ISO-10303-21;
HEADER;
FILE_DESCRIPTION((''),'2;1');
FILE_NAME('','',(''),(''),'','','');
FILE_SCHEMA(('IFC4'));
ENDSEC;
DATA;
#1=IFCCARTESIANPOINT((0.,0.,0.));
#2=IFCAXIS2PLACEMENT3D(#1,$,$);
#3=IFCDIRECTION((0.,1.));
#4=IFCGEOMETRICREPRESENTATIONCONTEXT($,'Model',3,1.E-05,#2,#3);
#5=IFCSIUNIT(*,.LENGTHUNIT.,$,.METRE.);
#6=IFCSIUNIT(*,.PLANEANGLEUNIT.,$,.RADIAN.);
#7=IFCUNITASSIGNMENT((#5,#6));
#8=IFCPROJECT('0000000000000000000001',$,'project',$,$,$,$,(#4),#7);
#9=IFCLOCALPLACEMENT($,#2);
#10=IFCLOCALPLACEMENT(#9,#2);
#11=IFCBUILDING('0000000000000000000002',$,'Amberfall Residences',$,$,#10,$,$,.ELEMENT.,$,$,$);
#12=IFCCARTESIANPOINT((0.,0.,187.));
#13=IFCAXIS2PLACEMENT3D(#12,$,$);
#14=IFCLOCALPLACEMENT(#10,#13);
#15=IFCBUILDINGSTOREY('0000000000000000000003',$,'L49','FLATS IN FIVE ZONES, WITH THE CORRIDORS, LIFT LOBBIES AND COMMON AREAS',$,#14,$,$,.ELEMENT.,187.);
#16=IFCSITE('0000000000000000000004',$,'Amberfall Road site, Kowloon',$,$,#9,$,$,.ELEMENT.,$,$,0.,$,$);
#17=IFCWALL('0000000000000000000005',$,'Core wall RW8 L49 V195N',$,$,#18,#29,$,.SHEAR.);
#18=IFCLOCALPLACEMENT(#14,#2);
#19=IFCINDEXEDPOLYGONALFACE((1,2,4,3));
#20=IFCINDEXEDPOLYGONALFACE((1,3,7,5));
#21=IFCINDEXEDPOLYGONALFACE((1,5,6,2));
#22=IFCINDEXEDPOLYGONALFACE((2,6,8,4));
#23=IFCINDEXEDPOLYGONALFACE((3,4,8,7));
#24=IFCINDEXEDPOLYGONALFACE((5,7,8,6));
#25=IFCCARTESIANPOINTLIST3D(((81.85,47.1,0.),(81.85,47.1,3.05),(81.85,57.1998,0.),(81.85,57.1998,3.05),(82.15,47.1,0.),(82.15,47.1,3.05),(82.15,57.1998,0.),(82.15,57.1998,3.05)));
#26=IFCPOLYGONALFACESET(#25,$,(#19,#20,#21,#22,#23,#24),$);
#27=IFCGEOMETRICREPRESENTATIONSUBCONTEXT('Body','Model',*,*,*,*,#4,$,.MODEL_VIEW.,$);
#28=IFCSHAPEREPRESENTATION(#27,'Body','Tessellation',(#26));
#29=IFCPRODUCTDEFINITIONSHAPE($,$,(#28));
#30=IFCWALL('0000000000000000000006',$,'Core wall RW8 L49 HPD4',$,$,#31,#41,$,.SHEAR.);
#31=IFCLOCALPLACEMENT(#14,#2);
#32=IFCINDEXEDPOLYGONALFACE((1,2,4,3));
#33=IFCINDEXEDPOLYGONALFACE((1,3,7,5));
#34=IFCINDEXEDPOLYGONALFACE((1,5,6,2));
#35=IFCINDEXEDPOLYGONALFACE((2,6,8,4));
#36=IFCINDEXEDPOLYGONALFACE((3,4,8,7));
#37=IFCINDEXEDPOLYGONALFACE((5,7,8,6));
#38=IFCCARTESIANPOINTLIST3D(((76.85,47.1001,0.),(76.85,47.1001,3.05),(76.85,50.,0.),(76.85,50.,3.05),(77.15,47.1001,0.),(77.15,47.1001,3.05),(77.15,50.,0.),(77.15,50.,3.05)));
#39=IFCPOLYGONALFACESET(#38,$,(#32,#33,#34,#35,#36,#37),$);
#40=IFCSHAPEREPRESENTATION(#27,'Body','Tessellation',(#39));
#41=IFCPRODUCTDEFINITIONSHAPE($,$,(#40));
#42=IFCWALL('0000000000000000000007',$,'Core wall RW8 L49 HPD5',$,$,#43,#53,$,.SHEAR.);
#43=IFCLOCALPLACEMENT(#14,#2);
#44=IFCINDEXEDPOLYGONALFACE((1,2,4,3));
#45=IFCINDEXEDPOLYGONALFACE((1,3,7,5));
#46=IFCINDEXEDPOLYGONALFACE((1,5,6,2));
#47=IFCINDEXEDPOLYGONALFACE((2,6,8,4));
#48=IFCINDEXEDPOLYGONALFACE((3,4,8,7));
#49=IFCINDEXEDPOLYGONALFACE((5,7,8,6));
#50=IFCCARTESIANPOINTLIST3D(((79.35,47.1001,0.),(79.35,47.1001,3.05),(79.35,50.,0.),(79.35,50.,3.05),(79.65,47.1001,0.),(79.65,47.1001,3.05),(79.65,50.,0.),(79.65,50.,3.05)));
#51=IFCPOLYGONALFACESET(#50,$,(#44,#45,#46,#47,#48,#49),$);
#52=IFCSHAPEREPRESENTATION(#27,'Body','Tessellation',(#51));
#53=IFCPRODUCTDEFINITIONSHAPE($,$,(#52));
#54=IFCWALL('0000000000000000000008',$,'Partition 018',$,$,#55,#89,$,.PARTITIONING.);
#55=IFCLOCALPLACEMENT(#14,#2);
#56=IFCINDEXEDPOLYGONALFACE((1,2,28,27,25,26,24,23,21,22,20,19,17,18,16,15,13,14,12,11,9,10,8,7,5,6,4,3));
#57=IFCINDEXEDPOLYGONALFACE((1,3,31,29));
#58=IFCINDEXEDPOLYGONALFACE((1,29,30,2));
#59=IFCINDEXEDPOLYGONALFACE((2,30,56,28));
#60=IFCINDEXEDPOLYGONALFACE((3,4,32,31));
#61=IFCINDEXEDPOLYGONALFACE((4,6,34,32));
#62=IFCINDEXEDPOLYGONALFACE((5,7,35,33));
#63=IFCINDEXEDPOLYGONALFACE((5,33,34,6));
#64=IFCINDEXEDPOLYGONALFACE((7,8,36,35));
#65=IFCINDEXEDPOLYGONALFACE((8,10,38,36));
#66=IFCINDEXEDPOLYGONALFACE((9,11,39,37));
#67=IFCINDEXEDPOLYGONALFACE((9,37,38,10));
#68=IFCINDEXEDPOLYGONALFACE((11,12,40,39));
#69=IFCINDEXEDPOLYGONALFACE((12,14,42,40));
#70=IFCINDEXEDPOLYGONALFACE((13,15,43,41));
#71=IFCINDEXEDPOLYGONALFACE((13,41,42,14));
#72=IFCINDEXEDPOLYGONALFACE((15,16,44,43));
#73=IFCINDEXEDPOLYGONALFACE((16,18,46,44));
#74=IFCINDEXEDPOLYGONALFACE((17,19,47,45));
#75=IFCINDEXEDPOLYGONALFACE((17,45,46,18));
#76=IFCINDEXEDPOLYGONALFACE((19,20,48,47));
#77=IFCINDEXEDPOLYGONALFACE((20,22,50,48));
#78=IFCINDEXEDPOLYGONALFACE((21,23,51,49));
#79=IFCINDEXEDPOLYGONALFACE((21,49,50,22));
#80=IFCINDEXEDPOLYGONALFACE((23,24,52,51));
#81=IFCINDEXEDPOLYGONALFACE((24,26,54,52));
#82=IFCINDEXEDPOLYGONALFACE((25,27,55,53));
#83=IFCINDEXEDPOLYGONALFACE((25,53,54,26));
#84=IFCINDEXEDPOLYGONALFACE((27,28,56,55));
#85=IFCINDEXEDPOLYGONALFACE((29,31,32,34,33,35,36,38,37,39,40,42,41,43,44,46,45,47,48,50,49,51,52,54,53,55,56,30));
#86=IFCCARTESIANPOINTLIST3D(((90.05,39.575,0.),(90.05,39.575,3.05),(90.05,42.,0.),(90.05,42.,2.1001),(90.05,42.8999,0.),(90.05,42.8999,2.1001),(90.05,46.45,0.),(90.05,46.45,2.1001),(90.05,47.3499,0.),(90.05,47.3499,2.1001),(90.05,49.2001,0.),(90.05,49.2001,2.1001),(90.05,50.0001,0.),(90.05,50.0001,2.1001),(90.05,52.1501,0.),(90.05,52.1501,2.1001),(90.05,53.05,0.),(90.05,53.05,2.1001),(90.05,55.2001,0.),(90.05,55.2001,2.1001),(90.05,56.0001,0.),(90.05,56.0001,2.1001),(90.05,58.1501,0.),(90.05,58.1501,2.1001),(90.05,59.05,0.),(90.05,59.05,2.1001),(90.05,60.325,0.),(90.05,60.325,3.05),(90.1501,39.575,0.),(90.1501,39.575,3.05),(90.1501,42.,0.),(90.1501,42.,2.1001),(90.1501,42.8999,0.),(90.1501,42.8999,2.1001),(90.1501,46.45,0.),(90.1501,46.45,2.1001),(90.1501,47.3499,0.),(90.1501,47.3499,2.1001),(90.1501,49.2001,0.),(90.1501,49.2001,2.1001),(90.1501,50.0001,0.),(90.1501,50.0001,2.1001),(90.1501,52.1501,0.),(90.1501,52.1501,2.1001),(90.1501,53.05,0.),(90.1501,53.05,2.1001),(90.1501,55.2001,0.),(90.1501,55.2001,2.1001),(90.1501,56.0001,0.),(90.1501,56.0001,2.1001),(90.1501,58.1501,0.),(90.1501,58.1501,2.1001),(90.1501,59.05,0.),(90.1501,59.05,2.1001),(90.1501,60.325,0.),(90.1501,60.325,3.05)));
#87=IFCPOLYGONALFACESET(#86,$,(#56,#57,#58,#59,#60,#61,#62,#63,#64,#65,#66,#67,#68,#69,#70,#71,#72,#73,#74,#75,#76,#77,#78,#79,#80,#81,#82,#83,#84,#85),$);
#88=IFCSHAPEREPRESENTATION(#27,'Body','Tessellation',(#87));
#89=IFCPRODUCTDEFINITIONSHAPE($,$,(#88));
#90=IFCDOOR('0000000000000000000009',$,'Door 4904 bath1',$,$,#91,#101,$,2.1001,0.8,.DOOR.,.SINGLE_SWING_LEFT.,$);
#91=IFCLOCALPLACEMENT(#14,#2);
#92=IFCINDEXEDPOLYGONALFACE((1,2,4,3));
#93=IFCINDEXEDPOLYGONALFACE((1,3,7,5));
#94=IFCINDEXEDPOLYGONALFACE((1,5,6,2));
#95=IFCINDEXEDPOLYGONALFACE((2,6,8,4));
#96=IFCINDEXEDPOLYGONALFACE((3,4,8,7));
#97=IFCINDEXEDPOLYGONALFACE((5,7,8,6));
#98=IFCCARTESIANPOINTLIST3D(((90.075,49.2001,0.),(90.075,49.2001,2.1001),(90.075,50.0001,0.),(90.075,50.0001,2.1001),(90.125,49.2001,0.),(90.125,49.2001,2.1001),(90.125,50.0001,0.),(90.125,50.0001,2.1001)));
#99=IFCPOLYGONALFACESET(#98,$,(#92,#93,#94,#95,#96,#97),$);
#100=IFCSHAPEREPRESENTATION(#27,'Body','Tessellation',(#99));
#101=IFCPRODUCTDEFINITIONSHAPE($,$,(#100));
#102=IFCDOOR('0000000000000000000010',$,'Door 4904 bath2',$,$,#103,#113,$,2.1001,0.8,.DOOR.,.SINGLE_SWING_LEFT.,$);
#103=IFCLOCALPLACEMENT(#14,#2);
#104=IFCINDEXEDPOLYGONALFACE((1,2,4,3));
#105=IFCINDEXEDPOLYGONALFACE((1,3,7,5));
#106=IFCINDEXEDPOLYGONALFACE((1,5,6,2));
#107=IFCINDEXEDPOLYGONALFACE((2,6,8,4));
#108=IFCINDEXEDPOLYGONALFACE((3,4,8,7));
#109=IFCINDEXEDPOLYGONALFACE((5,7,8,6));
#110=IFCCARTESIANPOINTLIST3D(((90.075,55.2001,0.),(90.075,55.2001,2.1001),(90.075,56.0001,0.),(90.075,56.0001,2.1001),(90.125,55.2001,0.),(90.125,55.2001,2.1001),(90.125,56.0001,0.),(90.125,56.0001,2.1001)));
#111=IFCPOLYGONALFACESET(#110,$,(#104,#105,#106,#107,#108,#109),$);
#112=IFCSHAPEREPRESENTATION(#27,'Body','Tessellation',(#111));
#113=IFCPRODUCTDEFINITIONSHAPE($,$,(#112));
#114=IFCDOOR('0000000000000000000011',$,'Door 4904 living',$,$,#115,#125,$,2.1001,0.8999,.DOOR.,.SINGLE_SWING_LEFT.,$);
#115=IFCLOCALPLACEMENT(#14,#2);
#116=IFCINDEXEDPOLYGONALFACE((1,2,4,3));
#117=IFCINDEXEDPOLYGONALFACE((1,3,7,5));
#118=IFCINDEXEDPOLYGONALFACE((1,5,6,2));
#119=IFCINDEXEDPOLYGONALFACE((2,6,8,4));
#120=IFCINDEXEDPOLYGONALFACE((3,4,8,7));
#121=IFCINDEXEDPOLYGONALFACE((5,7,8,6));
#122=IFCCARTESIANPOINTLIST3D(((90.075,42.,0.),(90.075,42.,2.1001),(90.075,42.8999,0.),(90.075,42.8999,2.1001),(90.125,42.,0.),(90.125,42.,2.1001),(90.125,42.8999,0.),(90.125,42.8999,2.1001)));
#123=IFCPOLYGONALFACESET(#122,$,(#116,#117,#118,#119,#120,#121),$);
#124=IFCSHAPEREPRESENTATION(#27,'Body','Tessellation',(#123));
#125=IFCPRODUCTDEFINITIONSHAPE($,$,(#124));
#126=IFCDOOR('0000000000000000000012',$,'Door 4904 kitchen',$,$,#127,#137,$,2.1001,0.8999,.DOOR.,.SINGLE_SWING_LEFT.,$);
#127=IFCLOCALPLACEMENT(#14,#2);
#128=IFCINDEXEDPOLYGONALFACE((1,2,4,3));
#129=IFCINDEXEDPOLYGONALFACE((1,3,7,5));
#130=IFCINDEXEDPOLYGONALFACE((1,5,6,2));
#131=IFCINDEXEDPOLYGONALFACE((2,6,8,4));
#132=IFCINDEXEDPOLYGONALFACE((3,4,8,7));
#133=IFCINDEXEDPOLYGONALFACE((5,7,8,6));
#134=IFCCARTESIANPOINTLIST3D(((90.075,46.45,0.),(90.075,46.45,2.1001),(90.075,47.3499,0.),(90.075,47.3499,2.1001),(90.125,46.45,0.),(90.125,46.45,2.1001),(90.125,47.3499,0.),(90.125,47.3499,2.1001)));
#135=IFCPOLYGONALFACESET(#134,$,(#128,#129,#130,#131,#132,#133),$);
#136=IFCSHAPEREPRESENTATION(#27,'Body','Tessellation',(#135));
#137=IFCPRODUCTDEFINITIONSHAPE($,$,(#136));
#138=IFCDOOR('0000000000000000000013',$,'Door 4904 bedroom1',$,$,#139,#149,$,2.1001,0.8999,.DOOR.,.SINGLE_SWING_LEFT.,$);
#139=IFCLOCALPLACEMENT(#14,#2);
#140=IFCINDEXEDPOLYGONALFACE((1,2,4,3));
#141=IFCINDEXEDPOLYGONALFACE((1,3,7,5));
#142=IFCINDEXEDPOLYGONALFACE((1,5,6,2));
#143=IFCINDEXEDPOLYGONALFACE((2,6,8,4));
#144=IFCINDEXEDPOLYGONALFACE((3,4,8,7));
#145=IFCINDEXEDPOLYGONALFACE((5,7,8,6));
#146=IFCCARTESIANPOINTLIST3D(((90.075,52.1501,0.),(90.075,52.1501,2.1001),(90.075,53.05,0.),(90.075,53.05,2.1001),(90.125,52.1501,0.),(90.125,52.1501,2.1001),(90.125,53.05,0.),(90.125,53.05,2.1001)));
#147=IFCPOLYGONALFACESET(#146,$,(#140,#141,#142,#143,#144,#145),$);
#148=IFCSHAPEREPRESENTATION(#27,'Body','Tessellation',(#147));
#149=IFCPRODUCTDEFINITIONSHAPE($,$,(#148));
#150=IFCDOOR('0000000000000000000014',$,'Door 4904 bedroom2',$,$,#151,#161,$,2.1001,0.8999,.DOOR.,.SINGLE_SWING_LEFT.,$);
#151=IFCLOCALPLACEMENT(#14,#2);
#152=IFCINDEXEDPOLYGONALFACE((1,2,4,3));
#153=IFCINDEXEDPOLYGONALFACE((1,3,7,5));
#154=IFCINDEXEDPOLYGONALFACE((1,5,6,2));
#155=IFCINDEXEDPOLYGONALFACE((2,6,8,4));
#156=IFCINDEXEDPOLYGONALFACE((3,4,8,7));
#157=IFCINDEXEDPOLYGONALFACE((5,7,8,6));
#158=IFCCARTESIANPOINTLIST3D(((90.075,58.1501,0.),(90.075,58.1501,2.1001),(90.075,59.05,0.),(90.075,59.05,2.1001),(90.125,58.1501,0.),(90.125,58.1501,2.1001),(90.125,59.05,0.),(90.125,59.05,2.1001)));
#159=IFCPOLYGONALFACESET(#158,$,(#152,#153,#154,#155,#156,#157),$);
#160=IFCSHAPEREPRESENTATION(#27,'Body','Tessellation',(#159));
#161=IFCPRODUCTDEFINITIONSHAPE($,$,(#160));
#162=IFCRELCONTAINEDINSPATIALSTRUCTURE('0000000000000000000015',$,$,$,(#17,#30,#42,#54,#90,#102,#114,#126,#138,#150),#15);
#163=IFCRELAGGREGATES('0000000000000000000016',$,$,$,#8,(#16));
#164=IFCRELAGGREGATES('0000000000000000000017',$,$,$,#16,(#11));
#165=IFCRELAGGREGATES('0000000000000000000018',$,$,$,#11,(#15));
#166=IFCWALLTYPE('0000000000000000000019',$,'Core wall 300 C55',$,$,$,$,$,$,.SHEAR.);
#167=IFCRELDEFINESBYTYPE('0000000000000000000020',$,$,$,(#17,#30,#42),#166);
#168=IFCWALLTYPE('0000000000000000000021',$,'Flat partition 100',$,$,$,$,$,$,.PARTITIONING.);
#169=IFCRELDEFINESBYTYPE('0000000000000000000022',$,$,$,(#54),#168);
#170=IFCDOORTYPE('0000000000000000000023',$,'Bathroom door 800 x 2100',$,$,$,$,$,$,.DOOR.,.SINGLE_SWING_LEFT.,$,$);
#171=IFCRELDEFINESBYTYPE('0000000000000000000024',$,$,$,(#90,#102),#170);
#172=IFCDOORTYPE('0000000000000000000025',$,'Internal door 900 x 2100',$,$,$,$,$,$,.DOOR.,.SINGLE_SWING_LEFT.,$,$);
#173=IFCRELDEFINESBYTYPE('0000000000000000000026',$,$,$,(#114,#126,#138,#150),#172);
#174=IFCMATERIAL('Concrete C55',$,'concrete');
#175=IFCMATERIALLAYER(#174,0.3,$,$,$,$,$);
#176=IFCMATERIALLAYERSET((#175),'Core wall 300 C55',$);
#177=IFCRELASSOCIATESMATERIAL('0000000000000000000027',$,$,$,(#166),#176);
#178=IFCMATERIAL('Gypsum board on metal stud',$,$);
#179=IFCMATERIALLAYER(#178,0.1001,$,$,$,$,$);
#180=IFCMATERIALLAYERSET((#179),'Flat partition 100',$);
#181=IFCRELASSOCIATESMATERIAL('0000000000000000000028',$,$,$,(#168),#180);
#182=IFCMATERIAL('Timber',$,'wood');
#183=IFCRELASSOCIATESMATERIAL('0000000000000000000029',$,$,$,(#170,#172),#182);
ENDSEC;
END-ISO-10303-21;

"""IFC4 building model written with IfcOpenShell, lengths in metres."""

from ifc_helpers import new_model, si_unit, direction, frame, frame_2d, origin, place, context, subcontext, project, spatial, rectangle, extrude, material, layer, layer_set, type_object, element, fill, save


model = new_model("IFC4")

# Units and contexts
model_context = context("Model", 3, precision=1e-05, world=origin(), true_north=direction((0.0, 1.0)))
body_context = subcontext(model_context, "Body", "Model", "MODEL_VIEW")
ifc_project = project(units=[si_unit("LENGTHUNIT", "METRE"), si_unit("PLANEANGLEUNIT", "RADIAN")], contexts=[model_context])

# Site, building, storey
site_placement = place(None, origin())
site = spatial("IfcSite", under=ifc_project, at=site_placement, Name="Amberfall Road site, Kowloon", CompositionType="ELEMENT", RefElevation=0.0)
building_placement = place(site_placement, origin())
building = spatial("IfcBuilding", under=site, at=building_placement, Name="Amberfall Residences", CompositionType="ELEMENT")
storey_placement = place(building_placement, frame((0.0, 0.0, 187.0)))
storey = spatial("IfcBuildingStorey", under=building, at=storey_placement, Name="L49", Description="FLATS IN FIVE ZONES, WITH THE CORRIDORS, LIFT LOBBIES AND COMMON AREAS", CompositionType="ELEMENT", Elevation=187.0)

# Walls
ifc_material_1 = material(Name="Concrete C55", Category="concrete")
ifc_layer_1 = layer(ifc_material_1, 0.3)
ifc_layer_set_1 = layer_set([ifc_layer_1], Name="Core wall 300 C55")
wall_type_1 = type_object("IfcWallType", Name="Core wall 300 C55", PredefinedType="SHEAR", material=ifc_layer_set_1)
wall_1_placement = place(storey_placement, frame((82.0, 47.1001, 0.0), z_axis=(0.0, 0.0, 1.0), x_axis=(0.0, 1.0, 0.0)))
element("IfcWall", 1, at=wall_1_placement, inside=storey, type_object=wall_type_1, Name="Core wall RW8 L49 V195N", PredefinedType="SHEAR", context=body_context, shape_type="SweptSolid", body=[
    extrude(rectangle(XDim=10.0999, YDim=0.3, at=frame_2d((5.0498, 0.0))), origin(), (0.0, 0.0, 1.0), 3.05),
])
for number, where, z_axis, x_axis, name in (
    (2, (77.0, 47.1001, 0.0), (0.0, 0.0, 1.0), (0.0, 1.0, 0.0), "Core wall RW8 L49 HPD4"),
    (3, (79.5, 47.1001, 0.0), (0.0, 0.0, 1.0), (0.0, 1.0, 0.0), "Core wall RW8 L49 HPD5"),
):
    element("IfcWall", number, at=place(storey_placement, frame(where, z_axis=z_axis, x_axis=x_axis)), inside=storey, type_object=wall_type_1, Name=name, PredefinedType="SHEAR", context=body_context, shape_type="SweptSolid", body=[
        extrude(rectangle(XDim=2.8999, YDim=0.3, at=frame_2d((1.45, 0.0))), origin(), (0.0, 0.0, 1.0), 3.05),
    ])

# Wall, openings, doors
ifc_material_2 = material(Name="Gypsum board on metal stud")
ifc_layer_2 = layer(ifc_material_2, 0.1001)
ifc_layer_set_2 = layer_set([ifc_layer_2], Name="Flat partition 100")
wall_type_2 = type_object("IfcWallType", Name="Flat partition 100", PredefinedType="PARTITIONING", material=ifc_layer_set_2)
wall_2_placement = place(storey_placement, frame((90.1001, 60.325, 0.0), z_axis=(0.0, 0.0, 1.0), x_axis=(0.0, -1.0, 0.0)))
wall_2 = element("IfcWall", 4, at=wall_2_placement, inside=storey, type_object=wall_type_2, Name="Partition 018", PredefinedType="PARTITIONING", context=body_context, shape_type="SweptSolid", body=[
    extrude(rectangle(XDim=20.75, YDim=0.1001, at=frame_2d((10.375, 0.0))), origin(), (0.0, 0.0, 1.0), 3.05),
])
opening_1_placement = place(wall_2_placement, frame((17.425, 0.0, 0.0)))
opening_1 = element("IfcOpeningElement", 5, at=opening_1_placement, cuts=wall_2, PredefinedType="OPENING", context=body_context, shape_type="SweptSolid", body=[
    extrude(rectangle(XDim=0.8999, YDim=2.1001, at=frame_2d((0.45, 1.05))), frame((0.0, 0.0601, 0.0), z_axis=(0.0, -1.0, 0.0), x_axis=(1.0, 0.0, 0.0)), (0.0, 0.0, 1.0), 0.1201),
])
opening_2_placement = place(wall_2_placement, frame((12.9751, 0.0, 0.0)))
opening_2 = element("IfcOpeningElement", 6, at=opening_2_placement, cuts=wall_2, PredefinedType="OPENING", context=body_context, shape_type="SweptSolid", body=[
    extrude(rectangle(XDim=0.8999, YDim=2.1001, at=frame_2d((0.45, 1.05))), frame((0.0, 0.0601, 0.0), z_axis=(0.0, -1.0, 0.0), x_axis=(1.0, 0.0, 0.0)), (0.0, 0.0, 1.0), 0.1201),
])
opening_3_placement = place(wall_2_placement, frame((7.2749, 0.0, 0.0)))
opening_3 = element("IfcOpeningElement", 7, at=opening_3_placement, cuts=wall_2, PredefinedType="OPENING", context=body_context, shape_type="SweptSolid", body=[
    extrude(rectangle(XDim=0.8999, YDim=2.1001, at=frame_2d((0.45, 1.05))), frame((0.0, 0.0601, 0.0), z_axis=(0.0, -1.0, 0.0), x_axis=(1.0, 0.0, 0.0)), (0.0, 0.0, 1.0), 0.1201),
])
opening_4_placement = place(wall_2_placement, frame((1.2749, 0.0, 0.0)))
opening_4 = element("IfcOpeningElement", 8, at=opening_4_placement, cuts=wall_2, PredefinedType="OPENING", context=body_context, shape_type="SweptSolid", body=[
    extrude(rectangle(XDim=0.8999, YDim=2.1001, at=frame_2d((0.45, 1.05))), frame((0.0, 0.0601, 0.0), z_axis=(0.0, -1.0, 0.0), x_axis=(1.0, 0.0, 0.0)), (0.0, 0.0, 1.0), 0.1201),
])
opening_5_placement = place(wall_2_placement, frame((10.325, 0.0, 0.0)))
opening_5 = element("IfcOpeningElement", 9, at=opening_5_placement, cuts=wall_2, PredefinedType="OPENING", context=body_context, shape_type="SweptSolid", body=[
    extrude(rectangle(XDim=0.8, YDim=2.1001, at=frame_2d((0.3999, 1.05))), frame((0.0, 0.0601, 0.0), z_axis=(0.0, -1.0, 0.0), x_axis=(1.0, 0.0, 0.0)), (0.0, 0.0, 1.0), 0.1201),
])
opening_6_placement = place(wall_2_placement, frame((4.325, 0.0, 0.0)))
opening_6 = element("IfcOpeningElement", 10, at=opening_6_placement, cuts=wall_2, PredefinedType="OPENING", context=body_context, shape_type="SweptSolid", body=[
    extrude(rectangle(XDim=0.8, YDim=2.1001, at=frame_2d((0.3999, 1.05))), frame((0.0, 0.0601, 0.0), z_axis=(0.0, -1.0, 0.0), x_axis=(1.0, 0.0, 0.0)), (0.0, 0.0, 1.0), 0.1201),
])
ifc_material_3 = material(Name="Timber", Category="wood")
door_type_1 = type_object("IfcDoorType", Name="Bathroom door 800 x 2100", OperationType="SINGLE_SWING_LEFT", PredefinedType="DOOR", material=ifc_material_3)
door_1_placement = place(opening_5_placement, origin())
door_1 = element("IfcDoor", 11, at=door_1_placement, inside=storey, type_object=door_type_1, Name="Door 4904 bath1", OperationType="SINGLE_SWING_LEFT", OverallHeight=2.1001, OverallWidth=0.8, PredefinedType="DOOR", context=body_context, shape_type="SweptSolid", body=[
    extrude(rectangle(XDim=0.8, YDim=2.1001, at=frame_2d((0.3999, 1.05))), frame((0.0, 0.0249, 0.0), z_axis=(0.0, -1.0, 0.0), x_axis=(1.0, 0.0, 0.0)), (0.0, 0.0, 1.0), 0.05),
])
fill(opening_5, door_1)
door_2_placement = place(opening_6_placement, origin())
door_2 = element("IfcDoor", 12, at=door_2_placement, inside=storey, type_object=door_type_1, Name="Door 4904 bath2", OperationType="SINGLE_SWING_LEFT", OverallHeight=2.1001, OverallWidth=0.8, PredefinedType="DOOR", context=body_context, shape_type="SweptSolid", body=[
    extrude(rectangle(XDim=0.8, YDim=2.1001, at=frame_2d((0.3999, 1.05))), frame((0.0, 0.0249, 0.0), z_axis=(0.0, -1.0, 0.0), x_axis=(1.0, 0.0, 0.0)), (0.0, 0.0, 1.0), 0.05),
])
fill(opening_6, door_2)
door_type_2 = type_object("IfcDoorType", Name="Internal door 900 x 2100", OperationType="SINGLE_SWING_LEFT", PredefinedType="DOOR", material=ifc_material_3)
door_3_placement = place(opening_1_placement, origin())
door_3 = element("IfcDoor", 13, at=door_3_placement, inside=storey, type_object=door_type_2, Name="Door 4904 living", OperationType="SINGLE_SWING_LEFT", OverallHeight=2.1001, OverallWidth=0.8999, PredefinedType="DOOR", context=body_context, shape_type="SweptSolid", body=[
    extrude(rectangle(XDim=0.8999, YDim=2.1001, at=frame_2d((0.45, 1.05))), frame((0.0, 0.0249, 0.0), z_axis=(0.0, -1.0, 0.0), x_axis=(1.0, 0.0, 0.0)), (0.0, 0.0, 1.0), 0.05),
])
fill(opening_1, door_3)
door_4_placement = place(opening_2_placement, origin())
door_4 = element("IfcDoor", 14, at=door_4_placement, inside=storey, type_object=door_type_2, Name="Door 4904 kitchen", OperationType="SINGLE_SWING_LEFT", OverallHeight=2.1001, OverallWidth=0.8999, PredefinedType="DOOR", context=body_context, shape_type="SweptSolid", body=[
    extrude(rectangle(XDim=0.8999, YDim=2.1001, at=frame_2d((0.45, 1.05))), frame((0.0, 0.0249, 0.0), z_axis=(0.0, -1.0, 0.0), x_axis=(1.0, 0.0, 0.0)), (0.0, 0.0, 1.0), 0.05),
])
fill(opening_2, door_4)
door_5_placement = place(opening_3_placement, origin())
door_5 = element("IfcDoor", 15, at=door_5_placement, inside=storey, type_object=door_type_2, Name="Door 4904 bedroom1", OperationType="SINGLE_SWING_LEFT", OverallHeight=2.1001, OverallWidth=0.8999, PredefinedType="DOOR", context=body_context, shape_type="SweptSolid", body=[
    extrude(rectangle(XDim=0.8999, YDim=2.1001, at=frame_2d((0.45, 1.05))), frame((0.0, 0.0249, 0.0), z_axis=(0.0, -1.0, 0.0), x_axis=(1.0, 0.0, 0.0)), (0.0, 0.0, 1.0), 0.05),
])
fill(opening_3, door_5)
door_6_placement = place(opening_4_placement, origin())
door_6 = element("IfcDoor", 16, at=door_6_placement, inside=storey, type_object=door_type_2, Name="Door 4904 bedroom2", OperationType="SINGLE_SWING_LEFT", OverallHeight=2.1001, OverallWidth=0.8999, PredefinedType="DOOR", context=body_context, shape_type="SweptSolid", body=[
    extrude(rectangle(XDim=0.8999, YDim=2.1001, at=frame_2d((0.45, 1.05))), frame((0.0, 0.0249, 0.0), z_axis=(0.0, -1.0, 0.0), x_axis=(1.0, 0.0, 0.0)), (0.0, 0.0, 1.0), 0.05),
])
fill(opening_4, door_6)

save(model, "model.ifc")
